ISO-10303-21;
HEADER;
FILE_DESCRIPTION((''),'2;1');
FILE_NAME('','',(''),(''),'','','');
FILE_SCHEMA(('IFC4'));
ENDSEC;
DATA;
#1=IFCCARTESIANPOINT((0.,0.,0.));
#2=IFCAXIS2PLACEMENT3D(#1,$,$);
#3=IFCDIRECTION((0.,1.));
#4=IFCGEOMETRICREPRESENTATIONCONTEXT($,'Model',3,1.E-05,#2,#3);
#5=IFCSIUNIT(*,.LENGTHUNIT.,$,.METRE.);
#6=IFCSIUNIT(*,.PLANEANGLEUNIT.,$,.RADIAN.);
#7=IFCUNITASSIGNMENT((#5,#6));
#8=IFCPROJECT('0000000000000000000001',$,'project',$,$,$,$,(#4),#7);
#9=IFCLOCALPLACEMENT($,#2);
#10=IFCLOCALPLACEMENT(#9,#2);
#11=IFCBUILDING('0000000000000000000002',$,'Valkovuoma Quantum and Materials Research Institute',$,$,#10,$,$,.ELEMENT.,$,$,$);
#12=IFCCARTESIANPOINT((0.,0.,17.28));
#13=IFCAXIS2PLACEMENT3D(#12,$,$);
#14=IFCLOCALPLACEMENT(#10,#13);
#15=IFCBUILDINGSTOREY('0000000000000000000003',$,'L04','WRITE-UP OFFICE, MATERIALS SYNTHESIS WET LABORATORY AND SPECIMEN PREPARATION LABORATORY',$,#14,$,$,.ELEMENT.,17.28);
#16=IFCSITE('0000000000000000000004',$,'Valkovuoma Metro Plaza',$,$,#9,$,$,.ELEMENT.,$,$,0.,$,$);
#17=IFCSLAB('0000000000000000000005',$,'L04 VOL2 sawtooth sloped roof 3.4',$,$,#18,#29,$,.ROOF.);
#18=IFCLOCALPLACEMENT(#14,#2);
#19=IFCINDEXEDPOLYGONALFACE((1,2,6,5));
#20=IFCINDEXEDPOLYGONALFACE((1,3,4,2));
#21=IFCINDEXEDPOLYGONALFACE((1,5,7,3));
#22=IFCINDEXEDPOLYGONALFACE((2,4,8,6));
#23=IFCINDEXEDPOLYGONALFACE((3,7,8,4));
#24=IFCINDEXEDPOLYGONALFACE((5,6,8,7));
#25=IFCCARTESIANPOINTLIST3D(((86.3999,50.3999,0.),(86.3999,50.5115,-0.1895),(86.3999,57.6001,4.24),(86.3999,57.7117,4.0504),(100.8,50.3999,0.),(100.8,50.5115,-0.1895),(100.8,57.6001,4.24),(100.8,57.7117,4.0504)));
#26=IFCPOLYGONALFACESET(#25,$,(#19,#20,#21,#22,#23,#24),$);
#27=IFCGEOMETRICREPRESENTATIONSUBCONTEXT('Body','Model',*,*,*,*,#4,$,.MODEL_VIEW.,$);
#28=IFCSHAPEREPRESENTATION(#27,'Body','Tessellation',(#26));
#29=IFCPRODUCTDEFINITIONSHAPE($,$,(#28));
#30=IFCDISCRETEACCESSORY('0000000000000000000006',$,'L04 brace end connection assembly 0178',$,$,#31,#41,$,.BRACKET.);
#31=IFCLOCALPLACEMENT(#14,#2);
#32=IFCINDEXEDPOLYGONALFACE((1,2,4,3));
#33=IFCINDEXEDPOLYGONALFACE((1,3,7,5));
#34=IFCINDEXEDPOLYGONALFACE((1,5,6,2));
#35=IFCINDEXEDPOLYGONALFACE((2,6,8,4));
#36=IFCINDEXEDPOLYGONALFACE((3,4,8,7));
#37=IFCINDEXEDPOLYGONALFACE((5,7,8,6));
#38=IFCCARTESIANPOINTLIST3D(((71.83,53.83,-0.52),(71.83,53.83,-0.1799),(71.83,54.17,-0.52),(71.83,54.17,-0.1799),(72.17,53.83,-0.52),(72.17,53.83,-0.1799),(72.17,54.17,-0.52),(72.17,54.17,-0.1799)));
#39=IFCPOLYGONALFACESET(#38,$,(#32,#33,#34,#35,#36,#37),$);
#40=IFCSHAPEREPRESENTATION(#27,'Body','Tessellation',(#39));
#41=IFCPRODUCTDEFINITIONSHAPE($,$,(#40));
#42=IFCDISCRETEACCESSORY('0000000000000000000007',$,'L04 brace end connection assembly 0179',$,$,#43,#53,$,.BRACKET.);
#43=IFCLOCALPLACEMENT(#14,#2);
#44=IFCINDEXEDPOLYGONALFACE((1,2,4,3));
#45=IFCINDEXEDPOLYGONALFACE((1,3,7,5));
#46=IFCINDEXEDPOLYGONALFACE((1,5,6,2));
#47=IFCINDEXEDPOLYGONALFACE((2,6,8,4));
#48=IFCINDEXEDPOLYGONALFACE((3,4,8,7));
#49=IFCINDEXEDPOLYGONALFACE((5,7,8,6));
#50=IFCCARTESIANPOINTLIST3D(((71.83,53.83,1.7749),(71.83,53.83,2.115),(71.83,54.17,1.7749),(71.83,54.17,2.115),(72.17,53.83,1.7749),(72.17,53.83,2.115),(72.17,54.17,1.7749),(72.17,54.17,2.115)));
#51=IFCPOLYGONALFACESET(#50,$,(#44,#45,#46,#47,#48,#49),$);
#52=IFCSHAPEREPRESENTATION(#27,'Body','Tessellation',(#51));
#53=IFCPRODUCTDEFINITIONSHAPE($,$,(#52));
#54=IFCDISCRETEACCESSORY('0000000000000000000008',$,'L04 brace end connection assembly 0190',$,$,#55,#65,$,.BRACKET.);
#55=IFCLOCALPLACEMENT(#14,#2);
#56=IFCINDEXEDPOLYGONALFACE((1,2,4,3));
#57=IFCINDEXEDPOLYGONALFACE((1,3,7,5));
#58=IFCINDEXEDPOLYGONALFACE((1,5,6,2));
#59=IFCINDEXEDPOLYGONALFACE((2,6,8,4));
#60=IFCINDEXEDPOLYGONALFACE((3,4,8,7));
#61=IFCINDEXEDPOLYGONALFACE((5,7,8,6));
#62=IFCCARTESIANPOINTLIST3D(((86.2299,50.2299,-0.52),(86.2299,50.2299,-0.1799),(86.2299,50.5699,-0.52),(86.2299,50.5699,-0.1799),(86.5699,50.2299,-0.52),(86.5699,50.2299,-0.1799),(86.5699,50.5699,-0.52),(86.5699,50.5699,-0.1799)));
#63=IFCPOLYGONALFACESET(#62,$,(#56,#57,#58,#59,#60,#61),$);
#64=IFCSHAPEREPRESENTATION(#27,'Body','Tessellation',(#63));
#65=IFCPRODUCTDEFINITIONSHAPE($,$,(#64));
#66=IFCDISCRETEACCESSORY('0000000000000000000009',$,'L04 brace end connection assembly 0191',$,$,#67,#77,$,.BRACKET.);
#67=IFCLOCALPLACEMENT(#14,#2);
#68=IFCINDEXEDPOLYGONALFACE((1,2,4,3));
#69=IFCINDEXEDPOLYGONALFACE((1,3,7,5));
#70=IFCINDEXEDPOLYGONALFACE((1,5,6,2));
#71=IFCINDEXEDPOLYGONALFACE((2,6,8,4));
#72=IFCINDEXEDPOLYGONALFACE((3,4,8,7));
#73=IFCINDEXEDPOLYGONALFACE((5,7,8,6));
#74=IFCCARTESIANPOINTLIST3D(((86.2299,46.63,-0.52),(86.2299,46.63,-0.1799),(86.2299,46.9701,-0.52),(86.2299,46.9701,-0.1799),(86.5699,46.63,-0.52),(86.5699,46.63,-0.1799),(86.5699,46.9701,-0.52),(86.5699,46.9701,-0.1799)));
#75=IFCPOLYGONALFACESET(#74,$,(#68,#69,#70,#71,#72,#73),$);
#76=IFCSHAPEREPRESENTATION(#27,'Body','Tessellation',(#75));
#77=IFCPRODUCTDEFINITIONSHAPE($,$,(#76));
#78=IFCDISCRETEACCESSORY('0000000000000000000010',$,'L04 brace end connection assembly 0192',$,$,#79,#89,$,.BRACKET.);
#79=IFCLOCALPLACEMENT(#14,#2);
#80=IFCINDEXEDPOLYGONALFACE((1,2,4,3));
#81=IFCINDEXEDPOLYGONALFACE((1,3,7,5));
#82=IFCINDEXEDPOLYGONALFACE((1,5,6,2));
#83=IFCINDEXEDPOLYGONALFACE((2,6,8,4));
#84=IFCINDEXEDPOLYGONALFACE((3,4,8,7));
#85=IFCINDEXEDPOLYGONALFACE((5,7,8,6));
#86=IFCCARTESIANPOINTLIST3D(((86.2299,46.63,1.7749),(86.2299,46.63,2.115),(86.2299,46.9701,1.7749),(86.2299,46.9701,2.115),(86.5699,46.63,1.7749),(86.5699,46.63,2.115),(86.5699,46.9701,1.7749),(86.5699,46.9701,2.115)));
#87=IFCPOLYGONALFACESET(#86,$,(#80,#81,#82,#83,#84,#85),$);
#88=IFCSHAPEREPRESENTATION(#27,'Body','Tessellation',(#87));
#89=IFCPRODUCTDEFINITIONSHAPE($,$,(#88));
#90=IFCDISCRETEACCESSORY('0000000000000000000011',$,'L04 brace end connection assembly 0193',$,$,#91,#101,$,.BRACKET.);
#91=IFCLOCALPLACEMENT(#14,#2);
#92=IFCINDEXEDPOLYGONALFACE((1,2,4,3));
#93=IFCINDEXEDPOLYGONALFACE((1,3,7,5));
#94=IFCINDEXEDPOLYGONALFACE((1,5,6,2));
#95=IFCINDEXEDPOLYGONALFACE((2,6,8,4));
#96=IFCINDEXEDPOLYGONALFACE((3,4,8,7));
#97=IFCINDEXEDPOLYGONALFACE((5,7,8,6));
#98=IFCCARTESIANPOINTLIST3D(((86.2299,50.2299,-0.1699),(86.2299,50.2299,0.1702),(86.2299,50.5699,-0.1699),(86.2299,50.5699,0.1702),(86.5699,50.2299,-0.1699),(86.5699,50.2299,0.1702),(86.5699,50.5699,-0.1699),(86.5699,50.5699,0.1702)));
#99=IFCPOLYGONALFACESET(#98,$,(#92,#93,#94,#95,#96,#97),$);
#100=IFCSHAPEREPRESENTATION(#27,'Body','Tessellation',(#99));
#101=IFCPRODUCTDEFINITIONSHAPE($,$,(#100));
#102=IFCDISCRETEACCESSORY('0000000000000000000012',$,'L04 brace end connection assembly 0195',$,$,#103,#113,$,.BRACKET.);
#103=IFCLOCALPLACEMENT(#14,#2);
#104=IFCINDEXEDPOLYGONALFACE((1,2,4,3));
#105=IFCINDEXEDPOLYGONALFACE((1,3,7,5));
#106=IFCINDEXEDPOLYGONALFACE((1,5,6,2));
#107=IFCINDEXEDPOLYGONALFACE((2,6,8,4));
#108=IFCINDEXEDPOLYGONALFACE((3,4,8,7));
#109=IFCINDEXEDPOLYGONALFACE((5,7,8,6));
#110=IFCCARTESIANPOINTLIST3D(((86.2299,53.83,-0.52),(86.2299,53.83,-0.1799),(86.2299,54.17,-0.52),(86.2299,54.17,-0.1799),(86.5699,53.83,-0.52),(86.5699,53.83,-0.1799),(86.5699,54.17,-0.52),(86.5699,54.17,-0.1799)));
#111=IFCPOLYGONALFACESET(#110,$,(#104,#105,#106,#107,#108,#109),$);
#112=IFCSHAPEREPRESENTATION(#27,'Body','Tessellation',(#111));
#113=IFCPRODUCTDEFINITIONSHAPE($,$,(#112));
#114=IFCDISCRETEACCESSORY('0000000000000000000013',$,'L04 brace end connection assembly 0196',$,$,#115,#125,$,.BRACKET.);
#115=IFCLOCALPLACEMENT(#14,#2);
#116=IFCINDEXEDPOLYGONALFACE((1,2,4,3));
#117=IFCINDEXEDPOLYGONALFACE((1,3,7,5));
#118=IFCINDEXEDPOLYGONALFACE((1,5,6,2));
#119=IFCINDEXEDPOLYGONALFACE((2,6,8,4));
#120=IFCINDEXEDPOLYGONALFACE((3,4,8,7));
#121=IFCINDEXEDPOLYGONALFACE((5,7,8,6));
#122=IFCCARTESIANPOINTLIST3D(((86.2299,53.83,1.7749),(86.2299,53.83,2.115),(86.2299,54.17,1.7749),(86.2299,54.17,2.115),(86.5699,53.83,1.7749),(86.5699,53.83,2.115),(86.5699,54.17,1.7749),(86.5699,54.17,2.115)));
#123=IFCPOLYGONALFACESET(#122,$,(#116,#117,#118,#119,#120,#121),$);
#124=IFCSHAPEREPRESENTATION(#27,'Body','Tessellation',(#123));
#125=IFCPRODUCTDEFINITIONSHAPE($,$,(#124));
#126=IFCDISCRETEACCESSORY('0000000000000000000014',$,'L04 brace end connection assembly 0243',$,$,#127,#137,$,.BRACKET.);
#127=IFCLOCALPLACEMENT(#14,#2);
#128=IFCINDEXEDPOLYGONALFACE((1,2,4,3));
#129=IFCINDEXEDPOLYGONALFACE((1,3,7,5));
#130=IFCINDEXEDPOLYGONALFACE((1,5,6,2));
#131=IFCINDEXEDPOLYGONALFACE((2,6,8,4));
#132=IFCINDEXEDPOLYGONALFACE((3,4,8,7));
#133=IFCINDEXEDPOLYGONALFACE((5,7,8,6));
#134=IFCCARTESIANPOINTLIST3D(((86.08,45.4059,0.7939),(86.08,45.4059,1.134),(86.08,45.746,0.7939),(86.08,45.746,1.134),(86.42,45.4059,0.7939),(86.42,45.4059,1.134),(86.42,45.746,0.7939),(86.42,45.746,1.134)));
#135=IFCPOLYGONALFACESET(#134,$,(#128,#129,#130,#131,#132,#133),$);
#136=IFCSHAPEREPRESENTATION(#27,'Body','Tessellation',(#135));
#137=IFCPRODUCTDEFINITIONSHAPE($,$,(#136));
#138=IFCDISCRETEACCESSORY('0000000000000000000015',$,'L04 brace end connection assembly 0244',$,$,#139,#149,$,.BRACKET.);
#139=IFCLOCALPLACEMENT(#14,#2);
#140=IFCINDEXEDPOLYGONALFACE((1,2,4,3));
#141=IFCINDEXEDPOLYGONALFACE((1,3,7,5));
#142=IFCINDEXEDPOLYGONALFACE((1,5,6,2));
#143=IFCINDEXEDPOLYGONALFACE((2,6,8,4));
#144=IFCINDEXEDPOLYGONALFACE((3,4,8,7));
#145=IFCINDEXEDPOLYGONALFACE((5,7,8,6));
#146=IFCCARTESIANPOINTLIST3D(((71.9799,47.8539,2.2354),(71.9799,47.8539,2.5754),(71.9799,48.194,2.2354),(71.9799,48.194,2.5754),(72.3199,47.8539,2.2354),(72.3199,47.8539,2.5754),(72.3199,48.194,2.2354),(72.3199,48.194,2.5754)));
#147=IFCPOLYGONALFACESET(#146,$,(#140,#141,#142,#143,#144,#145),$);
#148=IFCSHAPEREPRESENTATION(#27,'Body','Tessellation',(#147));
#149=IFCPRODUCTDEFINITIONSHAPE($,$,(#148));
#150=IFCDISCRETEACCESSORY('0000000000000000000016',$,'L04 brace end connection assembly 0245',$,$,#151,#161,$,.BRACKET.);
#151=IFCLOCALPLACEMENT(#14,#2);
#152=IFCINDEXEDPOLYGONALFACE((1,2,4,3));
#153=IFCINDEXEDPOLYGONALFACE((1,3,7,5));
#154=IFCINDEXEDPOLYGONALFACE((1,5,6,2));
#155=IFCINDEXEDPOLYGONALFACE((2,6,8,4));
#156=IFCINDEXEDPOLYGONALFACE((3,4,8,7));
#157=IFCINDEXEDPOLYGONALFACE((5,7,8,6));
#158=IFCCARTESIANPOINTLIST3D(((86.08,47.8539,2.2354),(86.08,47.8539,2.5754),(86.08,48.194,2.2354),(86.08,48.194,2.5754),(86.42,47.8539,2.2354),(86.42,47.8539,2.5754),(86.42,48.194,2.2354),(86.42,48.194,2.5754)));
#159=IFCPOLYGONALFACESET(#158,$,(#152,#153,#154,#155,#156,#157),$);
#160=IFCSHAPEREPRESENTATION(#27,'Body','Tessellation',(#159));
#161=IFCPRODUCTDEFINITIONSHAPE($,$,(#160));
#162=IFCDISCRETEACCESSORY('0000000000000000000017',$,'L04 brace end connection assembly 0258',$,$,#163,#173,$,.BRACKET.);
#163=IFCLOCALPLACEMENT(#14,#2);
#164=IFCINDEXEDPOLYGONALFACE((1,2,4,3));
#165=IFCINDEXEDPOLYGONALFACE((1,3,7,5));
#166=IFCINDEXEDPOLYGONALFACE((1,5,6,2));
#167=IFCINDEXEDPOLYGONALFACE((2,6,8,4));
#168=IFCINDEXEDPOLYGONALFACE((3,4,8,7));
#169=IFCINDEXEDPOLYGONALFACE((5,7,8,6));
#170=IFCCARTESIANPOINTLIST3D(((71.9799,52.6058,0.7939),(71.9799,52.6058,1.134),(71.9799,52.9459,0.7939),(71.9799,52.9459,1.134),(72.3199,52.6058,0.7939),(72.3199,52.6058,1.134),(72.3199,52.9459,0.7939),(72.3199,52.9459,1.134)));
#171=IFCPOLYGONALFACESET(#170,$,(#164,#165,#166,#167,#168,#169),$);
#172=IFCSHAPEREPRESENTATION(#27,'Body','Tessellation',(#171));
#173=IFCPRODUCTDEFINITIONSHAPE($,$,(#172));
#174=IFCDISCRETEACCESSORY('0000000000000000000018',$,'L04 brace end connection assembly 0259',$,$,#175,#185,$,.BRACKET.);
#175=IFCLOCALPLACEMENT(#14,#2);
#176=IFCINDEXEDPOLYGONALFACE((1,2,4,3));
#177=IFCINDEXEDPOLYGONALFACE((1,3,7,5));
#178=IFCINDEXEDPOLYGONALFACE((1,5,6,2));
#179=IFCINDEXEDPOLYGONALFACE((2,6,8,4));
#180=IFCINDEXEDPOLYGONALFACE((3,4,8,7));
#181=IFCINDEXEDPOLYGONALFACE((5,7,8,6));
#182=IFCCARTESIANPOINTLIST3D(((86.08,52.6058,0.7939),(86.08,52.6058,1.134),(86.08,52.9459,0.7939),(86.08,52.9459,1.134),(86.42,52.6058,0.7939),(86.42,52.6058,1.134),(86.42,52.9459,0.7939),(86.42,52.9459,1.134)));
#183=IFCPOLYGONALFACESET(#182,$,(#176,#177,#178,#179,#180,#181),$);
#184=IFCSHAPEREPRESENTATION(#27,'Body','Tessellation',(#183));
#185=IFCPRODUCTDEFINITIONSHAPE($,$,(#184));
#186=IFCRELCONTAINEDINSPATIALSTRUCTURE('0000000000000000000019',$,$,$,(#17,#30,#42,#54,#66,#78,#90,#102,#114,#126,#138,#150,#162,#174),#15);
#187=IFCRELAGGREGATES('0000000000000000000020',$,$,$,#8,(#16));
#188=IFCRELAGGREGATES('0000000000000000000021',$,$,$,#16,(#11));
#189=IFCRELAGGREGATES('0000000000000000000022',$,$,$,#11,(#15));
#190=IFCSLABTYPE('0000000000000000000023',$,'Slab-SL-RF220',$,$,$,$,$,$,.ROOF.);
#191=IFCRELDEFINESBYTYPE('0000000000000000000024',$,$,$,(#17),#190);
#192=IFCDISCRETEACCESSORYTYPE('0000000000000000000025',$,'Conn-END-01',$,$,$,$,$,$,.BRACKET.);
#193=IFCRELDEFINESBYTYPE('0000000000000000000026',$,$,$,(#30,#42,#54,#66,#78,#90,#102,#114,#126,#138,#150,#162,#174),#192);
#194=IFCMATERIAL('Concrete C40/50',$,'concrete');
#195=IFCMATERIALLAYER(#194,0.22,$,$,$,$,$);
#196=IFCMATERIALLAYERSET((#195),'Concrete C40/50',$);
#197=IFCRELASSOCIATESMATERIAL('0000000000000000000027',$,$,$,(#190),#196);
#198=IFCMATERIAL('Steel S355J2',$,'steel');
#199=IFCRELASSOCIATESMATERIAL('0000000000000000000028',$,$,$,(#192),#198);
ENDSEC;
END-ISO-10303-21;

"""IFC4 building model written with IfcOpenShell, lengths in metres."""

from ifc_helpers import new_model, si_unit, direction, frame, origin, origin_2d, place, context, subcontext, project, spatial, polyline, rectangle, outline, extrude, material, layer, layer_set, type_object, element, save


model = new_model("IFC4")

# Units and contexts
model_context = context("Model", 3, precision=1e-05, world=origin(), true_north=direction((0.0, 1.0)))
body_context = subcontext(model_context, "Body", "Model", "MODEL_VIEW")
ifc_project = project(units=[si_unit("LENGTHUNIT", "METRE"), si_unit("PLANEANGLEUNIT", "RADIAN")], contexts=[model_context])

# Site, building, storey
site_placement = place(None, origin())
site = spatial("IfcSite", under=ifc_project, at=site_placement, Name="Valkovuoma Metro Plaza", CompositionType="ELEMENT", RefElevation=0.0)
building_placement = place(site_placement, origin())
building = spatial("IfcBuilding", under=site, at=building_placement, Name="Valkovuoma Quantum and Materials Research Institute", CompositionType="ELEMENT")
storey_placement = place(building_placement, frame((0.0, 0.0, 17.28)))
storey = spatial("IfcBuildingStorey", under=building, at=storey_placement, Name="L04", Description="WRITE-UP OFFICE, MATERIALS SYNTHESIS WET LABORATORY AND SPECIMEN PREPARATION LABORATORY", CompositionType="ELEMENT", Elevation=17.28)

# Slab
ifc_material_1 = material(Name="Concrete C40/50", Category="concrete")
ifc_layer = layer(ifc_material_1, 0.22)
ifc_layer_set = layer_set([ifc_layer], Name="Concrete C40/50")
slab_type = type_object("IfcSlabType", Name="Slab-SL-RF220", PredefinedType="ROOF", material=ifc_layer_set)
slab_placement = place(storey_placement, frame((86.3999, 50.3999, 0.0), z_axis=(0.0, -0.507427, 0.861695), x_axis=(1.0, 0.0, 0.0)))
element("IfcSlab", 1, at=slab_placement, inside=storey, type_object=slab_type, Name="L04 VOL2 sawtooth sloped roof 3.4", PredefinedType="ROOF", context=body_context, shape_type="SweptSolid", body=[
    extrude(outline(polyline([(0.0, 0.0), (14.4001, 0.0), (14.4001, 8.3559), (0.0, 8.3559), (0.0, 0.0)])), origin(), (0.0, 0.0, -1.0), 0.22),
])

# Discrete accessories
ifc_material_2 = material(Name="Steel S355J2", Category="steel")
discrete_accessory_type = type_object("IfcDiscreteAccessoryType", Name="Conn-END-01", PredefinedType="BRACKET", material=ifc_material_2)
for number, where, z_axis, x_axis, name in (
    (2, (72.0, 54.0, -0.52), (0.0, 0.0, 1.0), (1.0, 0.0, 0.0), "L04 brace end connection assembly 0178"),
    (3, (72.0, 54.0, 1.7749), (0.0, 0.0, 1.0), (1.0, 0.0, 0.0), "L04 brace end connection assembly 0179"),
    (4, (86.3999, 50.3999, -0.52), (0.0, 0.0, 1.0), (1.0, 0.0, 0.0), "L04 brace end connection assembly 0190"),
    (5, (86.3999, 46.8, -0.52), (0.0, 0.0, 1.0), (1.0, 0.0, 0.0), "L04 brace end connection assembly 0191"),
    (6, (86.3999, 46.8, 1.7749), (0.0, 0.0, 1.0), (1.0, 0.0, 0.0), "L04 brace end connection assembly 0192"),
    (7, (86.3999, 50.3999, -0.1699), (0.0, 0.0, 1.0), (1.0, 0.0, 0.0), "L04 brace end connection assembly 0193"),
    (8, (86.3999, 54.0, -0.52), (0.0, 0.0, 1.0), (1.0, 0.0, 0.0), "L04 brace end connection assembly 0195"),
    (9, (86.3999, 54.0, 1.7749), (0.0, 0.0, 1.0), (1.0, 0.0, 0.0), "L04 brace end connection assembly 0196"),
    (10, (86.25, 45.5759, 0.7939), (0.0, 0.0, 1.0), (1.0, 0.0, 0.0), "L04 brace end connection assembly 0243"),
    (11, (72.1499, 48.0239, 2.2354), (0.0, 0.0, 1.0), (1.0, 0.0, 0.0), "L04 brace end connection assembly 0244"),
    (12, (86.25, 48.0239, 2.2354), (0.0, 0.0, 1.0), (1.0, 0.0, 0.0), "L04 brace end connection assembly 0245"),
    (13, (72.1499, 52.7759, 0.7939), (0.0, 0.0, 1.0), (1.0, 0.0, 0.0), "L04 brace end connection assembly 0258"),
    (14, (86.25, 52.7759, 0.7939), (0.0, 0.0, 1.0), (1.0, 0.0, 0.0), "L04 brace end connection assembly 0259"),
):
    element("IfcDiscreteAccessory", number, at=place(storey_placement, frame(where, z_axis=z_axis, x_axis=x_axis)), inside=storey, type_object=discrete_accessory_type, Name=name, PredefinedType="BRACKET", context=body_context, shape_type="SweptSolid", body=[
        extrude(rectangle(XDim=0.3401, YDim=0.3401, at=origin_2d()), origin(), (0.0, 0.0, 1.0), 0.3401),
    ])

save(model, "model.ifc")
